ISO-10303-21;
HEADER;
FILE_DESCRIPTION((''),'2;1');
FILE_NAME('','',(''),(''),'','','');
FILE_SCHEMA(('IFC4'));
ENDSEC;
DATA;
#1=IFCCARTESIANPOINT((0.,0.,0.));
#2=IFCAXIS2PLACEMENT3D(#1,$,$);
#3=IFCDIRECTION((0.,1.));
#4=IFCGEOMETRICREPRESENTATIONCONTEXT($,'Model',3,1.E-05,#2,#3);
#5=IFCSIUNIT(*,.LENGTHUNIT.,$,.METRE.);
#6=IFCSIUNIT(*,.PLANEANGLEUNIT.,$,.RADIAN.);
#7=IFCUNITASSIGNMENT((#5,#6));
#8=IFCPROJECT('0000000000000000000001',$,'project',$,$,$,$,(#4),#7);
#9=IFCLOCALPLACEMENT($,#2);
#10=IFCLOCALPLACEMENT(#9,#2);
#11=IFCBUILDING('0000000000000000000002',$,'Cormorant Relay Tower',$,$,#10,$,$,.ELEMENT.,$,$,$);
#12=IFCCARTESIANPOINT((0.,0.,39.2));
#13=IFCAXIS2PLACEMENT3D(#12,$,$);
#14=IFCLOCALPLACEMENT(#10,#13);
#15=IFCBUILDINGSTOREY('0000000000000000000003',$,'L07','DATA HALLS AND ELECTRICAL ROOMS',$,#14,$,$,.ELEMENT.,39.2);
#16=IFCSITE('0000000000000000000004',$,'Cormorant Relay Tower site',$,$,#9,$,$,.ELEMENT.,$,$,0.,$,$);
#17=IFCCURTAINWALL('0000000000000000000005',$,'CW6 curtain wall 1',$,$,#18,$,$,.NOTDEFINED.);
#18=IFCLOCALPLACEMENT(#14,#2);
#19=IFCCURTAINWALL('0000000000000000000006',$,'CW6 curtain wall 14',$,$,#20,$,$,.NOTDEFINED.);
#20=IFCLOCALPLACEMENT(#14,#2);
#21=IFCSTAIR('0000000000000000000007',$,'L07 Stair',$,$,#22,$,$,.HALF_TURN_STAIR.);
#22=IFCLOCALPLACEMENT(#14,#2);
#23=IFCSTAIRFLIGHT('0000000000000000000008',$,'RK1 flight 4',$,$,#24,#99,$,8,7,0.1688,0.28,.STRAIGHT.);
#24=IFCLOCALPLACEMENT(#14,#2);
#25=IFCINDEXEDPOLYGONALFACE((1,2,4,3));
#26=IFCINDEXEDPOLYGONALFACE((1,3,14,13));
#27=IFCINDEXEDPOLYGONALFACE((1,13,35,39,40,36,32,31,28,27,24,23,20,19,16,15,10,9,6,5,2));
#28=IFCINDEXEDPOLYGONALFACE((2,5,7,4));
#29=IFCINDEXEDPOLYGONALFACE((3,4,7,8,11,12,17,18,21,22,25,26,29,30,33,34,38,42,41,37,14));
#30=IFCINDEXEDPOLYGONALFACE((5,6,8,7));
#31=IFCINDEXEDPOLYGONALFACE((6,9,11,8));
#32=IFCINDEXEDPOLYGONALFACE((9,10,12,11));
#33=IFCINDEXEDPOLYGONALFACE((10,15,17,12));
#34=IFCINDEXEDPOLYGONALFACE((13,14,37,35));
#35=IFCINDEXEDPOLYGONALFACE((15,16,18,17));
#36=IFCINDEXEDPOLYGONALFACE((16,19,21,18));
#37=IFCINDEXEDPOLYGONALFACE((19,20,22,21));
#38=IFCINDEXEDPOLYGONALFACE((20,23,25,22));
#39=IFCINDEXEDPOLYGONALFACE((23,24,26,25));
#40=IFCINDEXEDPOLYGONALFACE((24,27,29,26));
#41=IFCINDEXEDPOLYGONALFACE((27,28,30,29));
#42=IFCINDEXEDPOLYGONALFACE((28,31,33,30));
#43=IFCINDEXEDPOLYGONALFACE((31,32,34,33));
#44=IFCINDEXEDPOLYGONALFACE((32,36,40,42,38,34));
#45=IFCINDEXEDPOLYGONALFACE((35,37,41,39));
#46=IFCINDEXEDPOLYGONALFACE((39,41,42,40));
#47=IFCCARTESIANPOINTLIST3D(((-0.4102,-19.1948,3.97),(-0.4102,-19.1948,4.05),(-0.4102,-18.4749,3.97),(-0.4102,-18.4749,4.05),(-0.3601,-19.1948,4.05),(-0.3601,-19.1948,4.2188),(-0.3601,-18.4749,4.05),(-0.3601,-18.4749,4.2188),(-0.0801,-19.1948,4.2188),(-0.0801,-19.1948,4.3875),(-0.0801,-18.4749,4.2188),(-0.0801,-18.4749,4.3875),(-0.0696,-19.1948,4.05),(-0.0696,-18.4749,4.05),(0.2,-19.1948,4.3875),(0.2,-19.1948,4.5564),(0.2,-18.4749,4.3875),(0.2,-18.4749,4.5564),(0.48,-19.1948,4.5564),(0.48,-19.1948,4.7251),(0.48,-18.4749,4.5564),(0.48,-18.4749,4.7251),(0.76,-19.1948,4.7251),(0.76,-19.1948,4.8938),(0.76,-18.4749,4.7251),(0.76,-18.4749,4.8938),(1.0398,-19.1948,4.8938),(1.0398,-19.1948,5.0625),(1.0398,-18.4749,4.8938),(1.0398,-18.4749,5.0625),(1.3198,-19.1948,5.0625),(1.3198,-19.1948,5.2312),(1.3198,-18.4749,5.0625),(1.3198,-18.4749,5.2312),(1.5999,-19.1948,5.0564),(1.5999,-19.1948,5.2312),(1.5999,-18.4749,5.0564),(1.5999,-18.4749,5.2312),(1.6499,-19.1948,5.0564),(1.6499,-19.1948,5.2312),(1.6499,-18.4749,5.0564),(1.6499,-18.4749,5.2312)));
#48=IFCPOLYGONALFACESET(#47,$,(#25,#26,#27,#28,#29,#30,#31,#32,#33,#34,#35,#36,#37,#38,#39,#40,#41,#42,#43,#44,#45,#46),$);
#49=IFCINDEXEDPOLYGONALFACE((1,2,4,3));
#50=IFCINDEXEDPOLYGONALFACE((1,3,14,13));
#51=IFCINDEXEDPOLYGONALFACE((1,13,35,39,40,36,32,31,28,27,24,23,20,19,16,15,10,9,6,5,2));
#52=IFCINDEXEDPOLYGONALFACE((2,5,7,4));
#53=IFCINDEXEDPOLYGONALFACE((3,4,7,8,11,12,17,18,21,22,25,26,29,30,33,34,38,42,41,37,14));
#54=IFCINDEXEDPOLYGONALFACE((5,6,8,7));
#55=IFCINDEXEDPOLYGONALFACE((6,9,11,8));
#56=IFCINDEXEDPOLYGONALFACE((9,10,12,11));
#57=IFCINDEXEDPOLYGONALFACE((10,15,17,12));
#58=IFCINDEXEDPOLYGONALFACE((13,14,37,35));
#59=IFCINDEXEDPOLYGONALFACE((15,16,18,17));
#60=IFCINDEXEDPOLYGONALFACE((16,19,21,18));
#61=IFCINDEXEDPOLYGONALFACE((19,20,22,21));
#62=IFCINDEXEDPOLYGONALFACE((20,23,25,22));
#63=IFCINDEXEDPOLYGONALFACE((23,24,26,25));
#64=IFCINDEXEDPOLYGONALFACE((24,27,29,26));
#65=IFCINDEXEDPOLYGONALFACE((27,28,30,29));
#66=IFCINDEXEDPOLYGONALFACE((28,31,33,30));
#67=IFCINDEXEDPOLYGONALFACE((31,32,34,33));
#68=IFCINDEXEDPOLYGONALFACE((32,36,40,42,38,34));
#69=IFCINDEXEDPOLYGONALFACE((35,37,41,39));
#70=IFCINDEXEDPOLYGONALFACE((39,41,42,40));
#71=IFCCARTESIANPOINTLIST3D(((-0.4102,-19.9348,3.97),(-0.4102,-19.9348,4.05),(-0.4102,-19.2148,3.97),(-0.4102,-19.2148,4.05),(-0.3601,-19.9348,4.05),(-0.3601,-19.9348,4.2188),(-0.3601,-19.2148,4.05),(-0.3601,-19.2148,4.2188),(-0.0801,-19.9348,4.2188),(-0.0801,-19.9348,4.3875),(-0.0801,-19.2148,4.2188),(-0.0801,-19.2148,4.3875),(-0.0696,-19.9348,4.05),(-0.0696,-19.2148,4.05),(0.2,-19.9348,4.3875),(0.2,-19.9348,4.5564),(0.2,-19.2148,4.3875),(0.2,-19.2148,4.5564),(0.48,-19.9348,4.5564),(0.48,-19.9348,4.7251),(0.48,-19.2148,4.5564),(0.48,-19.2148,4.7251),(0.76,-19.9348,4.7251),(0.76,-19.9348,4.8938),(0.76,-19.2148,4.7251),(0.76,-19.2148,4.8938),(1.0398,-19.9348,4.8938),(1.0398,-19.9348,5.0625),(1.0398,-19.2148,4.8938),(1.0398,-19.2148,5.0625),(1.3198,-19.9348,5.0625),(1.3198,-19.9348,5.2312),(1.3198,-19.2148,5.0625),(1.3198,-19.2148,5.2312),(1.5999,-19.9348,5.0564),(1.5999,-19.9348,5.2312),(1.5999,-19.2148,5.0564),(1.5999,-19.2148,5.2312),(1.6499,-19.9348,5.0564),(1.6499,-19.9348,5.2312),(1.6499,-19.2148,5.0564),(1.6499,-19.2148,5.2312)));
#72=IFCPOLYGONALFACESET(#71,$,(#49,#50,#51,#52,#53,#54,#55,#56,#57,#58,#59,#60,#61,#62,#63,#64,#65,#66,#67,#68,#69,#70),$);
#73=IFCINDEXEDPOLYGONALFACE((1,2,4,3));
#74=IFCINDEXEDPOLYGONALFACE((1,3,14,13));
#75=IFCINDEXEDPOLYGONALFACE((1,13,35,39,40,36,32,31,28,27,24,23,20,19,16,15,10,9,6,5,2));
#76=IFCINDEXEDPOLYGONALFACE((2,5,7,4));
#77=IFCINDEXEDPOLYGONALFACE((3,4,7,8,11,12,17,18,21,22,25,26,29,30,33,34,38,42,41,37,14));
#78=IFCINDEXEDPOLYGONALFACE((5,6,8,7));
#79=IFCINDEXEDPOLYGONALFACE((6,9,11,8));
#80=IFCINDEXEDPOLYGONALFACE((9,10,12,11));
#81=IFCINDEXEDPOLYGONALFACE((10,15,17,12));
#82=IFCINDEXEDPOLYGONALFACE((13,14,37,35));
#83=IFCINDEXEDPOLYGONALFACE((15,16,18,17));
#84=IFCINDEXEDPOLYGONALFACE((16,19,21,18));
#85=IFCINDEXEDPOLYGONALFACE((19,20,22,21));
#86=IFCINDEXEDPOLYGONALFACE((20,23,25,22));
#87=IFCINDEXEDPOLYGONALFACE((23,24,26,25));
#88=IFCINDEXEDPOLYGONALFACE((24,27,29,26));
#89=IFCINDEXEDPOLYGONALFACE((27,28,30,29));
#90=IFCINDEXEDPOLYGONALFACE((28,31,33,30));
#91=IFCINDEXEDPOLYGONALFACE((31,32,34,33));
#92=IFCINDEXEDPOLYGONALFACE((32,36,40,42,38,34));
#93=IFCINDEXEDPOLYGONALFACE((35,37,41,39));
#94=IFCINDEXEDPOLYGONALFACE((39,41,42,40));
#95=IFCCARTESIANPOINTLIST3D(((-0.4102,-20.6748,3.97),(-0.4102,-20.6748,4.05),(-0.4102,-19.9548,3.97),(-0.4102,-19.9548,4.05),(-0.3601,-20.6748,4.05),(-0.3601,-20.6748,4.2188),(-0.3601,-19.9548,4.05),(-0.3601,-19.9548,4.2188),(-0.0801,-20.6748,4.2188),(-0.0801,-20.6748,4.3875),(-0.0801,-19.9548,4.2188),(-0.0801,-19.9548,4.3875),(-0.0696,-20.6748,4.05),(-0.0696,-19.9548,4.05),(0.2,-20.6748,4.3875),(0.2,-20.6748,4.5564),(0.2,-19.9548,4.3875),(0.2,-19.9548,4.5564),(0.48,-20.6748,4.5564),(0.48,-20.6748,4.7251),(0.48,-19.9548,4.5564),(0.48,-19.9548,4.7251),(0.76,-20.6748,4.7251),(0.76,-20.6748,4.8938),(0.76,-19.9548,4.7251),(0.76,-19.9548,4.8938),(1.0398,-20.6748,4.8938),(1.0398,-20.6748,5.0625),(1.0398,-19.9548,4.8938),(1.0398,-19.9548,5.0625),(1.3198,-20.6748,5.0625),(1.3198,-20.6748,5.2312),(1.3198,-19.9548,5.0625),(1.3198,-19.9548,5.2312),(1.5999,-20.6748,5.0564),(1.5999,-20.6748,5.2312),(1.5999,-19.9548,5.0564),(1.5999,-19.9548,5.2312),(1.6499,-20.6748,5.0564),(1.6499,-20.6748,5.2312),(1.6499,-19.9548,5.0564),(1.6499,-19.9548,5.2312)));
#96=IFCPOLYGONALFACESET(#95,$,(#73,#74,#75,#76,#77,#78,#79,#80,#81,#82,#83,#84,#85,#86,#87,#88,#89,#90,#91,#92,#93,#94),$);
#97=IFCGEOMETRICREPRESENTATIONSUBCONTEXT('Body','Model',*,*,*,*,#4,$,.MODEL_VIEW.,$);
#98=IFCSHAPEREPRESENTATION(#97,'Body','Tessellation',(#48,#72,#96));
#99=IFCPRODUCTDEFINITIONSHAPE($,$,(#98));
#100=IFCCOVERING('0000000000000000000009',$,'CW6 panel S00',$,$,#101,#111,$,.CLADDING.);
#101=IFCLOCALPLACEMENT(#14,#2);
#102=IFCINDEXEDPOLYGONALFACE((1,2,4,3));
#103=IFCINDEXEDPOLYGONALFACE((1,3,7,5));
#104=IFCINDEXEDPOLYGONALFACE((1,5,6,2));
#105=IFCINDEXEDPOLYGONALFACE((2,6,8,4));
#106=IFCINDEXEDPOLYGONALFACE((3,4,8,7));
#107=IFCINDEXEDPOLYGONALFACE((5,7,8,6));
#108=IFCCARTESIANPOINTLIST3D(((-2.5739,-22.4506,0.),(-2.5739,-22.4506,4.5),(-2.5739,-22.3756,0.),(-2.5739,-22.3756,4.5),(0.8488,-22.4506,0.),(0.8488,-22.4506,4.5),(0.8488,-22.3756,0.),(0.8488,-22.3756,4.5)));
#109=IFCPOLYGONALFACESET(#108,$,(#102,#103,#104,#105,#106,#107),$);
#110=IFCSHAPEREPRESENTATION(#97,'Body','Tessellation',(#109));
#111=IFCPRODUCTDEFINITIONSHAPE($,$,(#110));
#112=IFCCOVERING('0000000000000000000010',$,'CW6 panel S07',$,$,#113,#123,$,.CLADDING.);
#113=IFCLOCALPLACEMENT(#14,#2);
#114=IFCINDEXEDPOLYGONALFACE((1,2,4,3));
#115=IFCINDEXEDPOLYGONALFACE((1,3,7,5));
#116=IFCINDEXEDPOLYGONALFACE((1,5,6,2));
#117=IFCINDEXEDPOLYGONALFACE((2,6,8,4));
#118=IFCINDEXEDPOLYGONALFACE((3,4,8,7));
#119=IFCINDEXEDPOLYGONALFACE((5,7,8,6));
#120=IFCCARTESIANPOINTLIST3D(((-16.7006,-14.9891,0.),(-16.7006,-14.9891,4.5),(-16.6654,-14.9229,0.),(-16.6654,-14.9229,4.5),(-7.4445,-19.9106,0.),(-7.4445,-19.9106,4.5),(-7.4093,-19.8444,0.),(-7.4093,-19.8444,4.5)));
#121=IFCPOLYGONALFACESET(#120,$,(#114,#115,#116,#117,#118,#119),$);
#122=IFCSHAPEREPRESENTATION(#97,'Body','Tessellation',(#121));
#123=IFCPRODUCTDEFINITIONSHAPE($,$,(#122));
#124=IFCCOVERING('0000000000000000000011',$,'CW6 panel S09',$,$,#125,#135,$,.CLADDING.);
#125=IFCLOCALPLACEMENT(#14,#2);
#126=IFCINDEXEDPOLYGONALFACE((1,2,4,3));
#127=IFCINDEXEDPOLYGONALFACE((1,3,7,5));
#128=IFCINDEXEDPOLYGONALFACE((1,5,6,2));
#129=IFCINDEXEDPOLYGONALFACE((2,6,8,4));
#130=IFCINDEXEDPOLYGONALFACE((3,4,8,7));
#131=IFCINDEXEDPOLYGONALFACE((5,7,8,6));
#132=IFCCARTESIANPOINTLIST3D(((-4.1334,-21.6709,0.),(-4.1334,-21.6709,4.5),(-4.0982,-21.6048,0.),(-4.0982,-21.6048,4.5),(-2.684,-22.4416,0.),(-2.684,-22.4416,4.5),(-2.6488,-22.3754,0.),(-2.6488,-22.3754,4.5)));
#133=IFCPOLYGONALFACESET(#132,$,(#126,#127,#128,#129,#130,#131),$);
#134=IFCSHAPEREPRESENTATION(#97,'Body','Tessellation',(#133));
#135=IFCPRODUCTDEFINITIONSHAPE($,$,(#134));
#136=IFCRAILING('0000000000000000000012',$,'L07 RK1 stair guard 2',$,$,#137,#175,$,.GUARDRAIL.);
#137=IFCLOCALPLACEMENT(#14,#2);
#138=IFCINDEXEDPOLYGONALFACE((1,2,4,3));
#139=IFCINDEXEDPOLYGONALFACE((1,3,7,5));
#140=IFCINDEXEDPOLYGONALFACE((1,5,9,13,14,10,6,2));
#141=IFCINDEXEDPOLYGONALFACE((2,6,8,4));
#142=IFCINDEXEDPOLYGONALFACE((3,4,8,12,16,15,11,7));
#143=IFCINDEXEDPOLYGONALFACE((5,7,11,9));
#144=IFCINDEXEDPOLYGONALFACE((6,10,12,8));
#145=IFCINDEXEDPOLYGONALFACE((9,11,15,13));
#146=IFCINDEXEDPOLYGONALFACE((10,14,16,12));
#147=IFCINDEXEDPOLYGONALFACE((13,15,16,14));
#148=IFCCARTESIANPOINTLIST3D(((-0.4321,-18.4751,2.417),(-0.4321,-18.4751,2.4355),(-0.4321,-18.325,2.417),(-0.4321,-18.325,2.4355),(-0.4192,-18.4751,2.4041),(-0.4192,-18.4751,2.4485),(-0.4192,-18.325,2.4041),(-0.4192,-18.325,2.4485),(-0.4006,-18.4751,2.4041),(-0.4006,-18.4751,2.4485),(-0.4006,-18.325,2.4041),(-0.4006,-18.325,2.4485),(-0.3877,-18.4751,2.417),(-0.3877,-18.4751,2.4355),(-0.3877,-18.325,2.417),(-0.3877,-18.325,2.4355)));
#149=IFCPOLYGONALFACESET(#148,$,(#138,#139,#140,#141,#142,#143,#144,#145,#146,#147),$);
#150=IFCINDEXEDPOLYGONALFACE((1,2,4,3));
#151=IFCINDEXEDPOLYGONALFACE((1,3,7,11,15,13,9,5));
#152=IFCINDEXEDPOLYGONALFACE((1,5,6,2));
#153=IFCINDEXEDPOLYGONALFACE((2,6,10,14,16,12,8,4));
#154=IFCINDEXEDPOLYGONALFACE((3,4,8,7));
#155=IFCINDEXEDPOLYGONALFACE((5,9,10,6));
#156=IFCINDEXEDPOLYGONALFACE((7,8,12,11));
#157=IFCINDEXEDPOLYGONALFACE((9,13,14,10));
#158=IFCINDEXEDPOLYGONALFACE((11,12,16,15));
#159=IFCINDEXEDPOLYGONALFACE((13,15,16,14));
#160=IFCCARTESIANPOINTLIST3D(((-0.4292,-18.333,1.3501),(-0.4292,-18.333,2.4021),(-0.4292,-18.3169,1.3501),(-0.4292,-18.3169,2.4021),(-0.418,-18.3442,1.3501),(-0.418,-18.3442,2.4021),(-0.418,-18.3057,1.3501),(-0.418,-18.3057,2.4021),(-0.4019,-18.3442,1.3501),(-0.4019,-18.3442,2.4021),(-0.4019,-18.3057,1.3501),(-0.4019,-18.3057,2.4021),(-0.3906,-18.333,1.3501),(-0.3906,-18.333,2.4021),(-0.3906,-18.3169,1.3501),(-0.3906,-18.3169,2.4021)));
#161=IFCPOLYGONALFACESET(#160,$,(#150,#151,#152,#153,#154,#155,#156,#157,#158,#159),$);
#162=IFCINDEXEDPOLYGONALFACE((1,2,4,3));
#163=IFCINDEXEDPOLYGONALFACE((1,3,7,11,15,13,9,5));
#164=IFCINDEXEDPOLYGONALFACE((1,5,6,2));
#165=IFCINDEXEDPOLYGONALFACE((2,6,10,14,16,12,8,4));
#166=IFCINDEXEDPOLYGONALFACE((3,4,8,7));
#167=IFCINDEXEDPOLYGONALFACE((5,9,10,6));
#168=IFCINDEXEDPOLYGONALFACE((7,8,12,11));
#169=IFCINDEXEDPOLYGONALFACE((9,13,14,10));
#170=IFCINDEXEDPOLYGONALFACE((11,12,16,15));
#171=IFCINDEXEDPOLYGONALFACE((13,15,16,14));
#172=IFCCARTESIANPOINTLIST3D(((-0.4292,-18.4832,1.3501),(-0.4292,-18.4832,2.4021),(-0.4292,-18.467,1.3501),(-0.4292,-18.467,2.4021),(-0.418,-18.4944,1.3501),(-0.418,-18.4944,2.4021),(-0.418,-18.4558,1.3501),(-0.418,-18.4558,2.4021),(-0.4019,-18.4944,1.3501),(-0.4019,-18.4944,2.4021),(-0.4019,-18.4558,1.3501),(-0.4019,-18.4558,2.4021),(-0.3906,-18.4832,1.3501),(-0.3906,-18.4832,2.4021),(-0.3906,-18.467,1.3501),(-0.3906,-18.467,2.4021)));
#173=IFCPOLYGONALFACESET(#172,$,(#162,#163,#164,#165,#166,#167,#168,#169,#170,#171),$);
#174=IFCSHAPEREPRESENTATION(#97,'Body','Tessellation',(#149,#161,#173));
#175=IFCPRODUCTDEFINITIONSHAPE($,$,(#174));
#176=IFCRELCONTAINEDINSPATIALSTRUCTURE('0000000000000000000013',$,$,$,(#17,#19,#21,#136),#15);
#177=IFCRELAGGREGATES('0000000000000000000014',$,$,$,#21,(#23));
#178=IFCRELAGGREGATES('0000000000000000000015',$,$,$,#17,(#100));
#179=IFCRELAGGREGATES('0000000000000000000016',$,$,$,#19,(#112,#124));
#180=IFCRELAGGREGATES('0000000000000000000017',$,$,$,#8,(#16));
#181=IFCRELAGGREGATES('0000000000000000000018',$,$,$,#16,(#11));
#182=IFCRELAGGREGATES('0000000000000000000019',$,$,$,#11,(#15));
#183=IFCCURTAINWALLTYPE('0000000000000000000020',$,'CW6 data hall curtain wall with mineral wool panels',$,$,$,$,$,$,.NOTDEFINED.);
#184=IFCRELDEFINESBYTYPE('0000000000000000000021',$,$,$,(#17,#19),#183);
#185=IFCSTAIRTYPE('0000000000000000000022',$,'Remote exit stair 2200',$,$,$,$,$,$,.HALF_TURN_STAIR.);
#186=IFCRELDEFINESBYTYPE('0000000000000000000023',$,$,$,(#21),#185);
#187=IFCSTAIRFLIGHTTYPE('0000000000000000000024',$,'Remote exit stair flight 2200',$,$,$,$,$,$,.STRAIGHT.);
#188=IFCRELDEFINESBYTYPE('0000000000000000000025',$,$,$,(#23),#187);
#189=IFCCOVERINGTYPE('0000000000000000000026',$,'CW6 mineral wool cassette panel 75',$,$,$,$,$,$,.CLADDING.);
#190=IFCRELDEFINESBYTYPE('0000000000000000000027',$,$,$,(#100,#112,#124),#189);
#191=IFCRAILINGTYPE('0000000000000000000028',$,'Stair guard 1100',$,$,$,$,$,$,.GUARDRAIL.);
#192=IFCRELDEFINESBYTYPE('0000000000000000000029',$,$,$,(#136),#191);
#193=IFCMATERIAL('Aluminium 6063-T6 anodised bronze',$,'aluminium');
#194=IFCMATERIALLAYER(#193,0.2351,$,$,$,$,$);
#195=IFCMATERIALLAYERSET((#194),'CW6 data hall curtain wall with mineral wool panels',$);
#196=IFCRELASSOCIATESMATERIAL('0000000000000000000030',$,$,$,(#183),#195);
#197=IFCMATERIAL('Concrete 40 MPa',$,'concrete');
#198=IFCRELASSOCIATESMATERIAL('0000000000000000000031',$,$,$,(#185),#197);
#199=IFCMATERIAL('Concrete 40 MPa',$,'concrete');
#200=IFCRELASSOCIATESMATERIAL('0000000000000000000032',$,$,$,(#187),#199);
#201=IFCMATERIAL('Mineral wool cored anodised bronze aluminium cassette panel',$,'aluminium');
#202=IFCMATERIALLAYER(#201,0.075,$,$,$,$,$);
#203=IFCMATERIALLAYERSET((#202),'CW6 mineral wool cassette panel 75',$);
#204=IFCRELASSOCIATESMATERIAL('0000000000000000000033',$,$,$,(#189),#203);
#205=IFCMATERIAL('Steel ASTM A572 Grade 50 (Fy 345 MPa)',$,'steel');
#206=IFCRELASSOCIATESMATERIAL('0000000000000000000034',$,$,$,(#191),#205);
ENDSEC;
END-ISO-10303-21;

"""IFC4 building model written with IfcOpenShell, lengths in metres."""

from ifc_helpers import new_model, si_unit, direction, frame, origin, origin_2d, place, context, subcontext, project, spatial, polyline, rectangle, outline, extrude, material, layer, layer_set, type_object, element, aggregate, save


model = new_model("IFC4")

# Units and contexts
model_context = context("Model", 3, precision=1e-05, world=origin(), true_north=direction((0.0, 1.0)))
body_context = subcontext(model_context, "Body", "Model", "MODEL_VIEW")
ifc_project = project(units=[si_unit("LENGTHUNIT", "METRE"), si_unit("PLANEANGLEUNIT", "RADIAN")], contexts=[model_context])

# Site, building, storey
site_placement = place(None, origin())
site = spatial("IfcSite", under=ifc_project, at=site_placement, Name="Cormorant Relay Tower site", CompositionType="ELEMENT", RefElevation=0.0)
building_placement = place(site_placement, origin())
building = spatial("IfcBuilding", under=site, at=building_placement, Name="Cormorant Relay Tower", CompositionType="ELEMENT")
storey_placement = place(building_placement, frame((0.0, 0.0, 39.2)))
storey = spatial("IfcBuildingStorey", under=building, at=storey_placement, Name="L07", Description="DATA HALLS AND ELECTRICAL ROOMS", CompositionType="ELEMENT", Elevation=39.2)

# Curtain wall
ifc_material_1 = material(Name="Aluminium 6063-T6 anodised bronze", Category="aluminium")
ifc_layer_1 = layer(ifc_material_1, 0.2351)
ifc_layer_set_1 = layer_set([ifc_layer_1], Name="CW6 data hall curtain wall with mineral wool panels")
curtain_wall_type = type_object("IfcCurtainWallType", Name="CW6 data hall curtain wall with mineral wool panels", PredefinedType="NOTDEFINED", material=ifc_layer_set_1)
curtain_wall_1_placement = place(storey_placement, origin())
curtain_wall_1 = element("IfcCurtainWall", 1, at=curtain_wall_1_placement, inside=storey, type_object=curtain_wall_type, Name="CW6 curtain wall 1", PredefinedType="NOTDEFINED")

# Curtain wall
curtain_wall_2_placement = place(storey_placement, origin())
curtain_wall_2 = element("IfcCurtainWall", 2, at=curtain_wall_2_placement, inside=storey, type_object=curtain_wall_type, Name="CW6 curtain wall 14", PredefinedType="NOTDEFINED")

# Stair, stair flight
ifc_material_2 = material(Name="Concrete 40 MPa", Category="concrete")
stair_type = type_object("IfcStairType", Name="Remote exit stair 2200", PredefinedType="HALF_TURN_STAIR", material=ifc_material_2)
stair_placement = place(storey_placement, origin())
stair = element("IfcStair", 3, at=stair_placement, inside=storey, type_object=stair_type, Name="L07 Stair", PredefinedType="HALF_TURN_STAIR")
ifc_material_3 = material(Name="Concrete 40 MPa", Category="concrete")
stair_flight_type = type_object("IfcStairFlightType", Name="Remote exit stair flight 2200", PredefinedType="STRAIGHT", material=ifc_material_3)
stair_flight_1_placement = place(storey_placement, frame((-0.3601, -19.575, 4.05), z_axis=(0.0, 0.0, 1.0), x_axis=(1.0, 0.0, 0.0)))
stair_flight_1 = element("IfcStairFlight", 4, at=stair_flight_1_placement, type_object=stair_flight_type, Name="RK1 flight 4", NumberOfRisers=8, NumberOfTreads=7, PredefinedType="STRAIGHT", RiserHeight=0.1688, TreadLength=0.28, context=body_context, shape_type="SweptSolid", body=[
    extrude(outline(polyline([(-0.05, -0.0801), (-0.05, 0.0), (0.0, 0.0), (0.0, 0.1687), (0.28, 0.1687), (0.28, 0.3374), (0.5601, 0.3374), (0.5601, 0.5063), (0.8401, 0.5063), (0.8401, 0.675), (1.1201, 0.675), (1.1201, 0.8438), (1.3999, 0.8438), (1.3999, 1.0125), (1.6799, 1.0125), (1.6799, 1.1812), (1.96, 1.1812), (2.01, 1.1812), (2.01, 1.0063), (1.96, 1.0063), (0.2905, 0.0), (-0.05, -0.0801)])), frame((0.0, 1.1001, 0.0), z_axis=(0.0, -1.0, 0.0), x_axis=(1.0, 0.0, 0.0)), (0.0, 0.0, 1.0), 0.72),
    extrude(outline(polyline([(-0.05, -0.0801), (-0.05, 0.0), (0.0, 0.0), (0.0, 0.1687), (0.28, 0.1687), (0.28, 0.3374), (0.5601, 0.3374), (0.5601, 0.5063), (0.8401, 0.5063), (0.8401, 0.675), (1.1201, 0.675), (1.1201, 0.8438), (1.3999, 0.8438), (1.3999, 1.0125), (1.6799, 1.0125), (1.6799, 1.1812), (1.96, 1.1812), (2.01, 1.1812), (2.01, 1.0063), (1.96, 1.0063), (0.2905, 0.0), (-0.05, -0.0801)])), frame((0.0, 0.3601, 0.0), z_axis=(0.0, -1.0, 0.0), x_axis=(1.0, 0.0, 0.0)), (0.0, 0.0, 1.0), 0.72),
    extrude(outline(polyline([(-0.05, -0.0801), (-0.05, 0.0), (0.0, 0.0), (0.0, 0.1687), (0.28, 0.1687), (0.28, 0.3374), (0.5601, 0.3374), (0.5601, 0.5063), (0.8401, 0.5063), (0.8401, 0.675), (1.1201, 0.675), (1.1201, 0.8438), (1.3999, 0.8438), (1.3999, 1.0125), (1.6799, 1.0125), (1.6799, 1.1812), (1.96, 1.1812), (2.01, 1.1812), (2.01, 1.0063), (1.96, 1.0063), (0.2905, 0.0), (-0.05, -0.0801)])), frame((0.0, -0.3799, 0.0), z_axis=(0.0, -1.0, 0.0), x_axis=(1.0, 0.0, 0.0)), (0.0, 0.0, 1.0), 0.72),
])
aggregate(stair, [stair_flight_1])

# Coverings
ifc_material_4 = material(Name="Mineral wool cored anodised bronze aluminium cassette panel", Category="aluminium")
ifc_layer_2 = layer(ifc_material_4, 0.075)
ifc_layer_set_2 = layer_set([ifc_layer_2], Name="CW6 mineral wool cassette panel 75")
covering_type = type_object("IfcCoveringType", Name="CW6 mineral wool cassette panel 75", PredefinedType="CLADDING", material=ifc_layer_set_2)
covering_1_placement = place(storey_placement, frame((-0.8625, -22.4131, 0.0), z_axis=(0.0, 0.0, 1.0), x_axis=(1.0, 0.0, 0.0)))
covering_1 = element("IfcCovering", 5, at=covering_1_placement, type_object=covering_type, Name="CW6 panel S00", PredefinedType="CLADDING", context=body_context, shape_type="SweptSolid", body=[
    extrude(rectangle(XDim=3.4226, YDim=0.075, at=origin_2d()), origin(), (0.0, 0.0, 1.0), 4.5),
])
aggregate(curtain_wall_1, [covering_1])
covering_2_placement = place(storey_placement, frame((-12.0549, -17.4167, 0.0), z_axis=(0.0, 0.0, 1.0), x_axis=(0.882948, -0.469472, 0.0)))
covering_2 = element("IfcCovering", 6, at=covering_2_placement, type_object=covering_type, Name="CW6 panel S07", PredefinedType="CLADDING", context=body_context, shape_type="SweptSolid", body=[
    extrude(rectangle(XDim=10.4832, YDim=0.075, at=origin_2d()), origin(), (0.0, 0.0, 1.0), 4.5),
])
covering_3_placement = place(storey_placement, frame((-3.3911, -22.0232, 0.0), z_axis=(0.0, 0.0, 1.0), x_axis=(0.882948, -0.469472, 0.0)))
covering_3 = element("IfcCovering", 7, at=covering_3_placement, type_object=covering_type, Name="CW6 panel S09", PredefinedType="CLADDING", context=body_context, shape_type="SweptSolid", body=[
    extrude(rectangle(XDim=1.6416, YDim=0.075, at=origin_2d()), origin(), (0.0, 0.0, 1.0), 4.5),
])
aggregate(curtain_wall_2, [covering_2, covering_3])

# Railing
ifc_material_5 = material(Name="Steel ASTM A572 Grade 50 (Fy 345 MPa)", Category="steel")
railing_type_1 = type_object("IfcRailingType", Name="Stair guard 1100", PredefinedType="GUARDRAIL", material=ifc_material_5)
railing_1_placement = place(storey_placement, frame((-0.4099, -18.325, 1.3501)))
element("IfcRailing", 8, at=railing_1_placement, inside=storey, type_object=railing_type_1, Name="L07 RK1 stair guard 2", PredefinedType="GUARDRAIL", context=body_context, shape_type="SweptSolid", body=[
    extrude(outline(polyline([(0.0222, 0.0093), (0.0093, 0.0222), (-0.0093, 0.0222), (-0.0222, 0.0093), (-0.0222, -0.0093), (-0.0093, -0.0222), (0.0093, -0.0222), (0.0222, -0.0093), (0.0222, 0.0093)])), frame((0.0, 0.0, 1.0762), z_axis=(0.0, -1.0, 0.0), x_axis=(1.0, 0.0, 0.0)), (0.0, 0.0, 1.0), 0.1501),
    extrude(outline(polyline([(0.0193, 0.0081), (0.0081, 0.0193), (-0.0081, 0.0193), (-0.0193, 0.0081), (-0.0193, -0.0081), (-0.0081, -0.0193), (0.0081, -0.0193), (0.0193, -0.0081), (0.0193, 0.0081)])), origin(), (0.0, 0.0, 1.0), 1.052),
    extrude(outline(polyline([(0.0193, 0.0081), (0.0081, 0.0193), (-0.0081, 0.0193), (-0.0193, 0.0081), (-0.0193, -0.0081), (-0.0081, -0.0193), (0.0081, -0.0193), (0.0193, -0.0081), (0.0193, 0.0081)])), frame((0.0, -0.1501, 0.0)), (0.0, 0.0, 1.0), 1.052),
])

save(model, "model.ifc")
